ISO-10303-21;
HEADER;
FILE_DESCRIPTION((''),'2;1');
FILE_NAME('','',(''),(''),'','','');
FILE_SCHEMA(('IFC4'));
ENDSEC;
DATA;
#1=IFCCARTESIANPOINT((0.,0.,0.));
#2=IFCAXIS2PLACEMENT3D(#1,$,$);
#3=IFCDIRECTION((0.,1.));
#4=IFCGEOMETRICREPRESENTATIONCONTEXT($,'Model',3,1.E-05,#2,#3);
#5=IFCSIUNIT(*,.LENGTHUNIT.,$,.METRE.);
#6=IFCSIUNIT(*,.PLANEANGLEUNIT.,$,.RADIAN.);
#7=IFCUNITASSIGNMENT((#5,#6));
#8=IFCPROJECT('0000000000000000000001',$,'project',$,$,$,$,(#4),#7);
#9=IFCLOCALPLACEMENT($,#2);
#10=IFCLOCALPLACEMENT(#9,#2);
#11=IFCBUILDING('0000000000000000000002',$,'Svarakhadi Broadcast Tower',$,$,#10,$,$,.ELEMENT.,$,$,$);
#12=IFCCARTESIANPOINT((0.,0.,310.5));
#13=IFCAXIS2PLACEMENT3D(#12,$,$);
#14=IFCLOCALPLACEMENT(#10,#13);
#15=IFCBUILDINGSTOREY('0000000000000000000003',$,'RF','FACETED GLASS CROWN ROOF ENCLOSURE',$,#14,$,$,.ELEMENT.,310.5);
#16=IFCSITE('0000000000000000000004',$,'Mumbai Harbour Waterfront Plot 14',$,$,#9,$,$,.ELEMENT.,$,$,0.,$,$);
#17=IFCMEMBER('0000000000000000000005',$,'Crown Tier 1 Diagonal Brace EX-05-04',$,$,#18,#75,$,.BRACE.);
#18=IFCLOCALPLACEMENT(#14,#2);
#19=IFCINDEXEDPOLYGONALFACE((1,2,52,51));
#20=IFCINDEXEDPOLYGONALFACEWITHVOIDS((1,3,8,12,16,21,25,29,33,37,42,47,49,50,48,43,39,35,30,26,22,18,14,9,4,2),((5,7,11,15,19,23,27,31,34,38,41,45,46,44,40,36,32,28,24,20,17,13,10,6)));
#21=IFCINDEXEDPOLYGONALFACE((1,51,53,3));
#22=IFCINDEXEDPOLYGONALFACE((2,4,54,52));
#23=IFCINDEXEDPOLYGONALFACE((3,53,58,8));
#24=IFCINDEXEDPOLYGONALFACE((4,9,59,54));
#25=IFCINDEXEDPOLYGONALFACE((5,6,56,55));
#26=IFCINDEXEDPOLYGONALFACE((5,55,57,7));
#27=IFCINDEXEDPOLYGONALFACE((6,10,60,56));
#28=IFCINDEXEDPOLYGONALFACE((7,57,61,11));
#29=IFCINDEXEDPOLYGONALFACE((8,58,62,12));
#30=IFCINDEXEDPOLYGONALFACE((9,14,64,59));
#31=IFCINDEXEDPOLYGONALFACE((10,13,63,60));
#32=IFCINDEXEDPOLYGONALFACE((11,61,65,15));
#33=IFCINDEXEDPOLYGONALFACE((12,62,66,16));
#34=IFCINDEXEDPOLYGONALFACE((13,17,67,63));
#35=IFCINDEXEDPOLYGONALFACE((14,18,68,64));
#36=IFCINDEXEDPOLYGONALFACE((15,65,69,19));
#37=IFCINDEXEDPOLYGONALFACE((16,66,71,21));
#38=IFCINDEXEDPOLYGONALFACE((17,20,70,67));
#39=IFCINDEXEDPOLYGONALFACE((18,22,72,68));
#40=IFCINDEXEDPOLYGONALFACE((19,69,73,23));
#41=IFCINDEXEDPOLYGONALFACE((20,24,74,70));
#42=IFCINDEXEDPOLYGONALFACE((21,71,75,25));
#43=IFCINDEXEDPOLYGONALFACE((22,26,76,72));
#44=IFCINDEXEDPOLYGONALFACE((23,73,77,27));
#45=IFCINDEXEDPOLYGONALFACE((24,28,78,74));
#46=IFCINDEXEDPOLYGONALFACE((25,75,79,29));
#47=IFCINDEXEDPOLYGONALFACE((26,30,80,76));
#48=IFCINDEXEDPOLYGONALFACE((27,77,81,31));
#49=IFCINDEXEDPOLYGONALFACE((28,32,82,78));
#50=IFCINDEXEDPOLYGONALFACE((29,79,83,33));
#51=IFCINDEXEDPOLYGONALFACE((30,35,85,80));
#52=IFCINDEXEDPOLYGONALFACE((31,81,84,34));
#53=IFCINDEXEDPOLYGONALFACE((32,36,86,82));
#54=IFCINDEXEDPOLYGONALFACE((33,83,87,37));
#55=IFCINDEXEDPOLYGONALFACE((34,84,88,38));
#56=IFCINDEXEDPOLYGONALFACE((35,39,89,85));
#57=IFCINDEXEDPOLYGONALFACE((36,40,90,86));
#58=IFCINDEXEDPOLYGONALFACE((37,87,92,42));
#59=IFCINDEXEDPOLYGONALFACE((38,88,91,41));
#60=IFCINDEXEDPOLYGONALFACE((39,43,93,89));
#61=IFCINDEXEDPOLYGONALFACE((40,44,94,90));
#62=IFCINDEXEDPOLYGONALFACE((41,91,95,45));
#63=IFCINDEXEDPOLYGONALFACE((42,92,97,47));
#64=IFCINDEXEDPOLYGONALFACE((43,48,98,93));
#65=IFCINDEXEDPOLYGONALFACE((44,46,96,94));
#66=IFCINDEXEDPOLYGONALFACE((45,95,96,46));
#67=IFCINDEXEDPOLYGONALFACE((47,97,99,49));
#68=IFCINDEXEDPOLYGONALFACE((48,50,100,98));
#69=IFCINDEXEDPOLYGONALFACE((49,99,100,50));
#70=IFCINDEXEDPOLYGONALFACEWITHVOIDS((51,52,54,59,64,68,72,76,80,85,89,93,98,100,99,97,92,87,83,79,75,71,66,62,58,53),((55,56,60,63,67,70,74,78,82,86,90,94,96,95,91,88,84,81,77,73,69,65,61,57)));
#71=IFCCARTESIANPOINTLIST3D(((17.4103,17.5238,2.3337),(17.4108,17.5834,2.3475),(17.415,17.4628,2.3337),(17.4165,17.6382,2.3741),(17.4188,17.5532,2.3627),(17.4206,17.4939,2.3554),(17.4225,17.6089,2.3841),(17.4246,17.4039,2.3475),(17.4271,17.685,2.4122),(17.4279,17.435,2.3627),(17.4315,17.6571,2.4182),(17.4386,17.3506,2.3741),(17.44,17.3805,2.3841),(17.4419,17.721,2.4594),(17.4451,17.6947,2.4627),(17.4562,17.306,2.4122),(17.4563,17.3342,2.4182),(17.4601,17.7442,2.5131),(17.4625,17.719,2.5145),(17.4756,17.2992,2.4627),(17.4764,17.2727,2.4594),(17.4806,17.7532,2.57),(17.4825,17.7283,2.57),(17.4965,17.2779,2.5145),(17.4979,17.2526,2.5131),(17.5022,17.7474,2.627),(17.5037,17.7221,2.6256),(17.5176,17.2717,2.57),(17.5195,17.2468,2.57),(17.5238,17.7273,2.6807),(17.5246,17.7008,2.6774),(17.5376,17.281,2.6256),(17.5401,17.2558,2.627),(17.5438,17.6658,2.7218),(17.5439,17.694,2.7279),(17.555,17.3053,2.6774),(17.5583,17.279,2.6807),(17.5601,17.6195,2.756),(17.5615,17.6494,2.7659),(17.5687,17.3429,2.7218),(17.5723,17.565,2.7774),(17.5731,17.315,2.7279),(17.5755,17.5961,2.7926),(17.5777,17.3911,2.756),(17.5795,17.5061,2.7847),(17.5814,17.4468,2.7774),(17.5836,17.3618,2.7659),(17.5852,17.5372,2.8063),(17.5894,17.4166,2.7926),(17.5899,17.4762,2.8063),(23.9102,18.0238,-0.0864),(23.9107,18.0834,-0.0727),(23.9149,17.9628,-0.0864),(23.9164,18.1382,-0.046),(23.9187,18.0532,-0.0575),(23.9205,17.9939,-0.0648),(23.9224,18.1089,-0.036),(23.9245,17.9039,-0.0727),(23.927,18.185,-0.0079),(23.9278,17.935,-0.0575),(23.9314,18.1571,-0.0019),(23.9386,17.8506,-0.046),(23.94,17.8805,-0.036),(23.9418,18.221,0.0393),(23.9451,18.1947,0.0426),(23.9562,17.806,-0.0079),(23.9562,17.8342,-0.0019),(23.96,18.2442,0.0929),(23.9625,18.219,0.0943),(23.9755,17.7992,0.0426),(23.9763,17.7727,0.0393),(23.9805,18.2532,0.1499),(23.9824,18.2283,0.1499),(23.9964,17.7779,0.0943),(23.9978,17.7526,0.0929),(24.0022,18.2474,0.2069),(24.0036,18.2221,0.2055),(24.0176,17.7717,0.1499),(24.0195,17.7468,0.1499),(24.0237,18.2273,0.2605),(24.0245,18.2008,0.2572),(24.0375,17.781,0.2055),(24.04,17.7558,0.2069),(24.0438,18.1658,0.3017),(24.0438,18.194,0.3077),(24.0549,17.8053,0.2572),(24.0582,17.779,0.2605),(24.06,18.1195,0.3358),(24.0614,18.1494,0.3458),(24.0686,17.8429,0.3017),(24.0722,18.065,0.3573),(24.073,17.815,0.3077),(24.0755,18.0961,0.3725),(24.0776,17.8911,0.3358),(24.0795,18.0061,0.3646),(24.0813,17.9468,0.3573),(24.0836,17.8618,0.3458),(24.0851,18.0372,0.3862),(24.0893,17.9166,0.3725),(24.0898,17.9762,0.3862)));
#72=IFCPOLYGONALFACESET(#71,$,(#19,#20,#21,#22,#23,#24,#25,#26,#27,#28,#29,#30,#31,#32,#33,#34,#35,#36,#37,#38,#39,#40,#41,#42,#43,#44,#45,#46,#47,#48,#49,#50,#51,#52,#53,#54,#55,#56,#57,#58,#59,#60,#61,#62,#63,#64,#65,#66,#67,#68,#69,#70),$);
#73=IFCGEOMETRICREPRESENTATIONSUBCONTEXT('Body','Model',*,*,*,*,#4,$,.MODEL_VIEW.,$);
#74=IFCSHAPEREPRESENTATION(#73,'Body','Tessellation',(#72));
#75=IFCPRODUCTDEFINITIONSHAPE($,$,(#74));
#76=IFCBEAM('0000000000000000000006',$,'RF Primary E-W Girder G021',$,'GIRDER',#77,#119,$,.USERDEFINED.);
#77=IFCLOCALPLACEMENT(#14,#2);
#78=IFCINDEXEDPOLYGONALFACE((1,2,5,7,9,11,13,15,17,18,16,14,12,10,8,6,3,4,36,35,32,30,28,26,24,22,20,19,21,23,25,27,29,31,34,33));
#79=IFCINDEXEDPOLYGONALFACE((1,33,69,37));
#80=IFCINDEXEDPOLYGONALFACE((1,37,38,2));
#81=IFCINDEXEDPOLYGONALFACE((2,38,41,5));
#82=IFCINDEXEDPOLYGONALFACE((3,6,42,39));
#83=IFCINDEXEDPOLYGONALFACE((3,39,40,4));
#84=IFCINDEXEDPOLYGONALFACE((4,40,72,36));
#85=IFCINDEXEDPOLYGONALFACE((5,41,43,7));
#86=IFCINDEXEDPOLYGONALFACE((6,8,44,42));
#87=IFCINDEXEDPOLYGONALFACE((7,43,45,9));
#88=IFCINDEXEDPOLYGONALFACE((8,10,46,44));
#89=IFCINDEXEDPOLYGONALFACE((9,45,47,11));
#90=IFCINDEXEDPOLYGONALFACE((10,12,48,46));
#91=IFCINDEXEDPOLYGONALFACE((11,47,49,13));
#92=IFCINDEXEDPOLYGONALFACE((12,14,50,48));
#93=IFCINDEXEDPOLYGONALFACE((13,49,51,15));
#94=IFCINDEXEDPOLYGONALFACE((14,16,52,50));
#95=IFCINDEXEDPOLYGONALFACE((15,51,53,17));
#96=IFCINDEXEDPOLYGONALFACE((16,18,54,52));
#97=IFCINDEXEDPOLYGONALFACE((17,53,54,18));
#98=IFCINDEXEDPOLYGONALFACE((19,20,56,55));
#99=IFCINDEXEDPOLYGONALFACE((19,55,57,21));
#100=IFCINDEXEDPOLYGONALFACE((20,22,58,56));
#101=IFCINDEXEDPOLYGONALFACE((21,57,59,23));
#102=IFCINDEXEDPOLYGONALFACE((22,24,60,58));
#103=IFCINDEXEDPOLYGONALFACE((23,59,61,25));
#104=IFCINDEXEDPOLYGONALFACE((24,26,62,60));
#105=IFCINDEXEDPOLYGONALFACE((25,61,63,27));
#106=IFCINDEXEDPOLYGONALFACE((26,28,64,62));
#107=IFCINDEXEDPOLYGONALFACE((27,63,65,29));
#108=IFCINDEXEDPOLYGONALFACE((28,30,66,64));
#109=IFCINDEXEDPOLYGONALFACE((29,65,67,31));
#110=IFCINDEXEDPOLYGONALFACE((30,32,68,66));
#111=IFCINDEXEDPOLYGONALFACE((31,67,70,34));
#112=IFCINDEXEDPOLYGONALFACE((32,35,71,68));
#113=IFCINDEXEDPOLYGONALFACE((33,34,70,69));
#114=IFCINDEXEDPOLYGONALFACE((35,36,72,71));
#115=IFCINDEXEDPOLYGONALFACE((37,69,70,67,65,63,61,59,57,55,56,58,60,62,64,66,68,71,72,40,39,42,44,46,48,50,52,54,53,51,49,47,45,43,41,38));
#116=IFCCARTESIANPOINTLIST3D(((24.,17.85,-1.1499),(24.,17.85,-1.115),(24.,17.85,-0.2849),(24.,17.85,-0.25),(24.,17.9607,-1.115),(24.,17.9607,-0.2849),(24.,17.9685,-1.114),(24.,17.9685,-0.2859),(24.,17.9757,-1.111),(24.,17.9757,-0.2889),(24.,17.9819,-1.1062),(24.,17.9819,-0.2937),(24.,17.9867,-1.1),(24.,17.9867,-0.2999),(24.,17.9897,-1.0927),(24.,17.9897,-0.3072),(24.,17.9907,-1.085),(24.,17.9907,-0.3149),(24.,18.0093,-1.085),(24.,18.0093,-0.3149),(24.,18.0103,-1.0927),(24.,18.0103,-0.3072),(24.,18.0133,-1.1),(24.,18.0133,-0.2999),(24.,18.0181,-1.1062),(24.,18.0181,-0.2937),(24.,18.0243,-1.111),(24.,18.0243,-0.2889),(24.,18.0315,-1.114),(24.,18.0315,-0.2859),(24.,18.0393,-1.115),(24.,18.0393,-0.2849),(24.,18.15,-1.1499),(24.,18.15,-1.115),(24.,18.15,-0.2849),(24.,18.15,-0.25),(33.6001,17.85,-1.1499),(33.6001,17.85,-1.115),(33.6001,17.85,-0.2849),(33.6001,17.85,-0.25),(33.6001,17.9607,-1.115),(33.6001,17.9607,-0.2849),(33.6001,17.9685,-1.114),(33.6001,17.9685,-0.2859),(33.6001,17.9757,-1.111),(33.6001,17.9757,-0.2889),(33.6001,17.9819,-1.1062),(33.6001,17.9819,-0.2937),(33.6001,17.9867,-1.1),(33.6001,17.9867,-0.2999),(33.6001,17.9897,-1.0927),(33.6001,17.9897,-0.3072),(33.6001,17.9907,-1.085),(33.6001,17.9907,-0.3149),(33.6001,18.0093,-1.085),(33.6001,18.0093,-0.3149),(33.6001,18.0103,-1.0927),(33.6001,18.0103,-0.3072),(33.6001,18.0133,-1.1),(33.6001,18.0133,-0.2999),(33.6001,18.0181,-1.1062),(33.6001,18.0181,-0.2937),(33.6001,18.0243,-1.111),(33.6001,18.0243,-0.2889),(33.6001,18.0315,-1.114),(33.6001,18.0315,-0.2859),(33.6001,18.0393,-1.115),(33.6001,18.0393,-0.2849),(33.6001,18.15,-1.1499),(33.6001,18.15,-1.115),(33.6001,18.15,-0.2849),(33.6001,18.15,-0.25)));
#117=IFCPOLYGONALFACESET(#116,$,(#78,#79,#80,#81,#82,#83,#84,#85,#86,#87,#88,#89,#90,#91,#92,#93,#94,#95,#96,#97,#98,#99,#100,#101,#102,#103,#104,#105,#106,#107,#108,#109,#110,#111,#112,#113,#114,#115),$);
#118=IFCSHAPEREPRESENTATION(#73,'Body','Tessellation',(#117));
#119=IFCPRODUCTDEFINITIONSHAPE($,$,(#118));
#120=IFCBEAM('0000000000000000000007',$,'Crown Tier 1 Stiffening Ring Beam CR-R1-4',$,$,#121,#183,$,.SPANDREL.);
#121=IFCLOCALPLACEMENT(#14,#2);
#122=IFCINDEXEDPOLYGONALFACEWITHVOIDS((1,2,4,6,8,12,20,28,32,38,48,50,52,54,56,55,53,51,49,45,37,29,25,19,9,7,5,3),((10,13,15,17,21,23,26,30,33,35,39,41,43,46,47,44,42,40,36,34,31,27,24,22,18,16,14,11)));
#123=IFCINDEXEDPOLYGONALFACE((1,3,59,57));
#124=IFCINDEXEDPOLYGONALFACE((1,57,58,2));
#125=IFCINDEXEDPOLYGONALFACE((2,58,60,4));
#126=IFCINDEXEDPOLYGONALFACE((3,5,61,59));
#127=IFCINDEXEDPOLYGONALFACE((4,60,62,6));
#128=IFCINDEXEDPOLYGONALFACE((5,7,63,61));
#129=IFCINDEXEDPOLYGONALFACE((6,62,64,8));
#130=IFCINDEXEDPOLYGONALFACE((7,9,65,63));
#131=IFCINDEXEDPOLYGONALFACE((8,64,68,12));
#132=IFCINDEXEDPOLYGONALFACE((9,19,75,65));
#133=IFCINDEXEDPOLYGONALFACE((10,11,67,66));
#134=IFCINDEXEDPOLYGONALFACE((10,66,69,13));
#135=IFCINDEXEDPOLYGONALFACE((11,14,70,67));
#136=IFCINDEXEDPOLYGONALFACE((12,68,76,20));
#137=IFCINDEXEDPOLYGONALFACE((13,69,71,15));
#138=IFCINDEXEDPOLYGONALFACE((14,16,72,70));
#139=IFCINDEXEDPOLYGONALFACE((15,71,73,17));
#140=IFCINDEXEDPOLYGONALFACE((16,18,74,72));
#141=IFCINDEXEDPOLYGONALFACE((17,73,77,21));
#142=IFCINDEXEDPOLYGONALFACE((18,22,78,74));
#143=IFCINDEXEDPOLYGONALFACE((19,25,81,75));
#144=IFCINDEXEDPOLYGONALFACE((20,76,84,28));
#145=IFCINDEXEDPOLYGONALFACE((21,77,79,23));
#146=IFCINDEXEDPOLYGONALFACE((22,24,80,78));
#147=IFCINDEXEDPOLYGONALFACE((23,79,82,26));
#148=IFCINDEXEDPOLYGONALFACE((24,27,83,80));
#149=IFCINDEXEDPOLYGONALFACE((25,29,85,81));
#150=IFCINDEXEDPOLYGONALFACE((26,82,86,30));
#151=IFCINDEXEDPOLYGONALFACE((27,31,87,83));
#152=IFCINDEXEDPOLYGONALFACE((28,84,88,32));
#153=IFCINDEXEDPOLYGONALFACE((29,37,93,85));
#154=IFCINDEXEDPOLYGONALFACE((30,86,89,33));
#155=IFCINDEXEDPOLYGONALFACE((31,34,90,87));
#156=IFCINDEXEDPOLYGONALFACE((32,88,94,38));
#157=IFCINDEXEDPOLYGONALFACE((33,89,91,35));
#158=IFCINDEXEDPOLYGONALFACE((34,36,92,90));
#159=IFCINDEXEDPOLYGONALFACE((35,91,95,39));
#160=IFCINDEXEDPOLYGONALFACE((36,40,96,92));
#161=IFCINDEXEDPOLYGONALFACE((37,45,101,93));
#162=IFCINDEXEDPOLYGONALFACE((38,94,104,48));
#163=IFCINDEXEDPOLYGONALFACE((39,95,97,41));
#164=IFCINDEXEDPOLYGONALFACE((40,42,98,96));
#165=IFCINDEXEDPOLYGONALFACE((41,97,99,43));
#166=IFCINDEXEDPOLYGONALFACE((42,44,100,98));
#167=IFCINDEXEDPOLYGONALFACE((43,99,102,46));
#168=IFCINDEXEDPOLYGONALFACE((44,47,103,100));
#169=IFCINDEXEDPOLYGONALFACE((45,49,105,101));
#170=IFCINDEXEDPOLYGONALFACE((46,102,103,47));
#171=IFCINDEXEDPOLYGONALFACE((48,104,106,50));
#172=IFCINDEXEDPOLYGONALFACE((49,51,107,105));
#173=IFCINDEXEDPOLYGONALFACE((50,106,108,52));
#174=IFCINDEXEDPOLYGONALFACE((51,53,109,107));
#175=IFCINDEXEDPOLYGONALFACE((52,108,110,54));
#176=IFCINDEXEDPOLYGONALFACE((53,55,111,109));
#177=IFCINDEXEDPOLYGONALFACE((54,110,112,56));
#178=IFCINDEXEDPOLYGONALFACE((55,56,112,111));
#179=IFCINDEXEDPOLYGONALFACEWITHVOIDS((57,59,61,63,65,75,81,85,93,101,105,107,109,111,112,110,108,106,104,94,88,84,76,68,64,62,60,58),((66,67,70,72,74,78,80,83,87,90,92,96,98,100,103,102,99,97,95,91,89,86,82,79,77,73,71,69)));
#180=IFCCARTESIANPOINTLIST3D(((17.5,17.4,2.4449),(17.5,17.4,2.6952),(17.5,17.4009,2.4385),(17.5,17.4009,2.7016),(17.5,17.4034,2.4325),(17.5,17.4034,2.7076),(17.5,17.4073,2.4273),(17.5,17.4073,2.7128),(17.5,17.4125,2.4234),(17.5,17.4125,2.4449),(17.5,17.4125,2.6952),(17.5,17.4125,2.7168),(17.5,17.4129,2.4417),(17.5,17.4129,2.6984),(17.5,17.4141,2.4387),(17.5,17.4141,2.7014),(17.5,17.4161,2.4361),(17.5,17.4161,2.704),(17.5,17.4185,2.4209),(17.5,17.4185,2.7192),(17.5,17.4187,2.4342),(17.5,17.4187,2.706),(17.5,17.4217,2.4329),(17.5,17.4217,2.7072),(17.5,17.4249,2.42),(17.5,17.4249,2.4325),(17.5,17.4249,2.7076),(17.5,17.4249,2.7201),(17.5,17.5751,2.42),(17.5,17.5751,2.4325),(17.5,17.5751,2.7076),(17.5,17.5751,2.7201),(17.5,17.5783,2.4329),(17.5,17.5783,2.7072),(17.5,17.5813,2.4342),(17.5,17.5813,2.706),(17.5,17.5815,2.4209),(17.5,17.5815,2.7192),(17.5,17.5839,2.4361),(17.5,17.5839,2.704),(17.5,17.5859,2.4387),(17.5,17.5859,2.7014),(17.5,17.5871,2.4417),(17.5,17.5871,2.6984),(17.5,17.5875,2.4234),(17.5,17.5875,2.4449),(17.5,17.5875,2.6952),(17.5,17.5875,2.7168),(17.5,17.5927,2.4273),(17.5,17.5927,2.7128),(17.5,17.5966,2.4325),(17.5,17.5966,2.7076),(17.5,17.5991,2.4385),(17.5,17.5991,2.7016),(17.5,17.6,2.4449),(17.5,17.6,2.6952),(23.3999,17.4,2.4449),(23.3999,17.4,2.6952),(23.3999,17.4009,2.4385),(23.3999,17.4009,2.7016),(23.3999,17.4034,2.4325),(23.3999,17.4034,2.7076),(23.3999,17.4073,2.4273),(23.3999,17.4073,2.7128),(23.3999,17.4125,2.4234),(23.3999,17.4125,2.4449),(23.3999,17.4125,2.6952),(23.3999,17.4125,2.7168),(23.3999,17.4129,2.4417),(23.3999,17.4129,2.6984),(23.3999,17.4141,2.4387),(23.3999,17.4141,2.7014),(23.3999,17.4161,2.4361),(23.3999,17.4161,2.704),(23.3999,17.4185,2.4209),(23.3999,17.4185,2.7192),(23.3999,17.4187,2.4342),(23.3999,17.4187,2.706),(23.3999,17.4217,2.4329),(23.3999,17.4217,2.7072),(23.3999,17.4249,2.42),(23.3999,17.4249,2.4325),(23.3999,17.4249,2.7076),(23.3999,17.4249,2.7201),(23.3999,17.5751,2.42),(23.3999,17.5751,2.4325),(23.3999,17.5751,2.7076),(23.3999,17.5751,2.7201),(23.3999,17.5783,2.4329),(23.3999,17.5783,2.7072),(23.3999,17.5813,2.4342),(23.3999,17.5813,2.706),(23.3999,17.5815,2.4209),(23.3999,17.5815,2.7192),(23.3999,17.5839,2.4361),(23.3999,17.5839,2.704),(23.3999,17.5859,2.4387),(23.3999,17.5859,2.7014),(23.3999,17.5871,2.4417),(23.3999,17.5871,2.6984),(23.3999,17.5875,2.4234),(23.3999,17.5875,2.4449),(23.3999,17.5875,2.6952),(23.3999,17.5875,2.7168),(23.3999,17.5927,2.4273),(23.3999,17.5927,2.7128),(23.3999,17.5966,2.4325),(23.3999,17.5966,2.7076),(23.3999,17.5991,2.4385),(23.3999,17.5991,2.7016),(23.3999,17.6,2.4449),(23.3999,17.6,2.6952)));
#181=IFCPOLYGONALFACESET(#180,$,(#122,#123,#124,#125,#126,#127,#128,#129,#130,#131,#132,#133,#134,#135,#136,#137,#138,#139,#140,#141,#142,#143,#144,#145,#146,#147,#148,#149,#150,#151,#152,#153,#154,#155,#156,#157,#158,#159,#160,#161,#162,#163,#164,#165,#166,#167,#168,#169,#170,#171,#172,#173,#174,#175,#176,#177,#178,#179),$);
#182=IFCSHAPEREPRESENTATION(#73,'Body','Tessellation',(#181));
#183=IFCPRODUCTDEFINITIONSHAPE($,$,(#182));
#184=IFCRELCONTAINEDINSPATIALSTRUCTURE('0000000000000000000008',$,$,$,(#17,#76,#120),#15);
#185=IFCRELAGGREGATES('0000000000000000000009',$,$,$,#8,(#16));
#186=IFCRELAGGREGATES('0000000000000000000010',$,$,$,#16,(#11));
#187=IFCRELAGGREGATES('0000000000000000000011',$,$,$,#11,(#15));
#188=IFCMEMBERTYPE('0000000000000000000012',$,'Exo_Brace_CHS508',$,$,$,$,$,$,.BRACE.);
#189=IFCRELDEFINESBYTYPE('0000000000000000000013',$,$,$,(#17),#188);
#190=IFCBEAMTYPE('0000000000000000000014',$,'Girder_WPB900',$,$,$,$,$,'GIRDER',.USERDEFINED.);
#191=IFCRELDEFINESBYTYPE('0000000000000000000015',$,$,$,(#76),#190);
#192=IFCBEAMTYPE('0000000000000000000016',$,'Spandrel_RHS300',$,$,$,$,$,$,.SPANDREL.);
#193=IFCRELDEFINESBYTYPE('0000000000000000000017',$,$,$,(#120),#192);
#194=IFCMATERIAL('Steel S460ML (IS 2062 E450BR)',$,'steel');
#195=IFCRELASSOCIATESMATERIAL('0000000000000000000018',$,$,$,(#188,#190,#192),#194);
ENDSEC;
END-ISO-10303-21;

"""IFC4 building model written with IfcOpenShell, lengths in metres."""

from ifc_helpers import new_model, si_unit, direction, frame, origin, origin_2d, place, context, subcontext, project, spatial, hollow_rectangle, hollow_circle, i_section, extrude, material, material_profile, profile_set, type_object, element, save


model = new_model("IFC4")

# Units and contexts
model_context = context("Model", 3, precision=1e-05, world=origin(), true_north=direction((0.0, 1.0)))
body_context = subcontext(model_context, "Body", "Model", "MODEL_VIEW")
ifc_project = project(units=[si_unit("LENGTHUNIT", "METRE"), si_unit("PLANEANGLEUNIT", "RADIAN")], contexts=[model_context])

# Site, building, storey
site_placement = place(None, origin())
site = spatial("IfcSite", under=ifc_project, at=site_placement, Name="Mumbai Harbour Waterfront Plot 14", CompositionType="ELEMENT", RefElevation=0.0)
building_placement = place(site_placement, origin())
building = spatial("IfcBuilding", under=site, at=building_placement, Name="Svarakhadi Broadcast Tower", CompositionType="ELEMENT")
storey_placement = place(building_placement, frame((0.0, 0.0, 310.5)))
storey = spatial("IfcBuildingStorey", under=building, at=storey_placement, Name="RF", Description="FACETED GLASS CROWN ROOF ENCLOSURE", CompositionType="ELEMENT", Elevation=310.5)

# Member
ifc_material_1 = material(Name="Steel S460ML (IS 2062 E450BR)", Category="steel")
ifc_material_profile_1 = material_profile(ifc_material_1, hollow_circle(Radius=0.2539, WallThickness=0.0249, at=origin_2d()), Name="CHS 508x25")
ifc_profile_set_1 = profile_set([ifc_material_profile_1], Name="Steel S460ML (IS 2062 E450BR)")
member_type_1 = type_object("IfcMemberType", Name="Exo_Brace_CHS508", PredefinedType="BRACE", material=ifc_profile_set_1)
member_1_placement = place(storey_placement, frame((24.0, 18.0, 0.1499), z_axis=(-0.934723, -0.071902, 0.348028), x_axis=(0.076696, -0.997054, 0.0)))
element("IfcMember", 1, at=member_1_placement, inside=storey, type_object=member_type_1, Name="Crown Tier 1 Diagonal Brace EX-05-04", PredefinedType="BRACE", context=body_context, shape_type="SweptSolid", body=[
    extrude(hollow_circle(Radius=0.2539, WallThickness=0.0249, at=origin_2d()), origin(), (0.0, 0.0, 1.0), 6.9539),
])

# Beams
ifc_material_profile_2 = material_profile(ifc_material_1, i_section(OverallWidth=0.3, OverallDepth=0.8999, WebThickness=0.0186, FlangeThickness=0.0349, FilletRadius=0.03, at=origin_2d()), Name="WPB 900x300x291")
ifc_profile_set_2 = profile_set([ifc_material_profile_2], Name="Steel S460ML (IS 2062 E450BR)")
beam_type_1 = type_object("IfcBeamType", Name="Girder_WPB900", ElementType="GIRDER", PredefinedType="USERDEFINED", material=ifc_profile_set_2)
beam_1_placement = place(storey_placement, frame((24.0, 18.0, -0.7), z_axis=(1.0, 0.0, 0.0), x_axis=(0.0, 1.0, 0.0)))
element("IfcBeam", 2, at=beam_1_placement, inside=storey, type_object=beam_type_1, Name="RF Primary E-W Girder G021", ObjectType="GIRDER", PredefinedType="USERDEFINED", context=body_context, shape_type="SweptSolid", body=[
    extrude(i_section(OverallWidth=0.3, OverallDepth=0.8999, WebThickness=0.0186, FlangeThickness=0.0349, FilletRadius=0.03, at=origin_2d()), origin(), (0.0, 0.0, 1.0), 9.6001),
])
ifc_material_profile_3 = material_profile(ifc_material_1, hollow_rectangle(XDim=0.2, YDim=0.3, WallThickness=0.0125, InnerFilletRadius=0.0125, OuterFilletRadius=0.0249, at=origin_2d()), Name="RHS 300x200x12.5")
ifc_profile_set_3 = profile_set([ifc_material_profile_3], Name="Steel S460ML (IS 2062 E450BR)")
beam_type_2 = type_object("IfcBeamType", Name="Spandrel_RHS300", PredefinedType="SPANDREL", material=ifc_profile_set_3)
beam_2_placement = place(storey_placement, frame((23.3999, 17.5, 2.5701), z_axis=(-1.0, 0.0, 0.0), x_axis=(0.0, -1.0, 0.0)))
element("IfcBeam", 3, at=beam_2_placement, inside=storey, type_object=beam_type_2, Name="Crown Tier 1 Stiffening Ring Beam CR-R1-4", PredefinedType="SPANDREL", context=body_context, shape_type="SweptSolid", body=[
    extrude(hollow_rectangle(XDim=0.2, YDim=0.3, WallThickness=0.0125, InnerFilletRadius=0.0125, OuterFilletRadius=0.0249, at=origin_2d()), origin(), (0.0, 0.0, 1.0), 5.8999),
])

save(model, "model.ifc")
